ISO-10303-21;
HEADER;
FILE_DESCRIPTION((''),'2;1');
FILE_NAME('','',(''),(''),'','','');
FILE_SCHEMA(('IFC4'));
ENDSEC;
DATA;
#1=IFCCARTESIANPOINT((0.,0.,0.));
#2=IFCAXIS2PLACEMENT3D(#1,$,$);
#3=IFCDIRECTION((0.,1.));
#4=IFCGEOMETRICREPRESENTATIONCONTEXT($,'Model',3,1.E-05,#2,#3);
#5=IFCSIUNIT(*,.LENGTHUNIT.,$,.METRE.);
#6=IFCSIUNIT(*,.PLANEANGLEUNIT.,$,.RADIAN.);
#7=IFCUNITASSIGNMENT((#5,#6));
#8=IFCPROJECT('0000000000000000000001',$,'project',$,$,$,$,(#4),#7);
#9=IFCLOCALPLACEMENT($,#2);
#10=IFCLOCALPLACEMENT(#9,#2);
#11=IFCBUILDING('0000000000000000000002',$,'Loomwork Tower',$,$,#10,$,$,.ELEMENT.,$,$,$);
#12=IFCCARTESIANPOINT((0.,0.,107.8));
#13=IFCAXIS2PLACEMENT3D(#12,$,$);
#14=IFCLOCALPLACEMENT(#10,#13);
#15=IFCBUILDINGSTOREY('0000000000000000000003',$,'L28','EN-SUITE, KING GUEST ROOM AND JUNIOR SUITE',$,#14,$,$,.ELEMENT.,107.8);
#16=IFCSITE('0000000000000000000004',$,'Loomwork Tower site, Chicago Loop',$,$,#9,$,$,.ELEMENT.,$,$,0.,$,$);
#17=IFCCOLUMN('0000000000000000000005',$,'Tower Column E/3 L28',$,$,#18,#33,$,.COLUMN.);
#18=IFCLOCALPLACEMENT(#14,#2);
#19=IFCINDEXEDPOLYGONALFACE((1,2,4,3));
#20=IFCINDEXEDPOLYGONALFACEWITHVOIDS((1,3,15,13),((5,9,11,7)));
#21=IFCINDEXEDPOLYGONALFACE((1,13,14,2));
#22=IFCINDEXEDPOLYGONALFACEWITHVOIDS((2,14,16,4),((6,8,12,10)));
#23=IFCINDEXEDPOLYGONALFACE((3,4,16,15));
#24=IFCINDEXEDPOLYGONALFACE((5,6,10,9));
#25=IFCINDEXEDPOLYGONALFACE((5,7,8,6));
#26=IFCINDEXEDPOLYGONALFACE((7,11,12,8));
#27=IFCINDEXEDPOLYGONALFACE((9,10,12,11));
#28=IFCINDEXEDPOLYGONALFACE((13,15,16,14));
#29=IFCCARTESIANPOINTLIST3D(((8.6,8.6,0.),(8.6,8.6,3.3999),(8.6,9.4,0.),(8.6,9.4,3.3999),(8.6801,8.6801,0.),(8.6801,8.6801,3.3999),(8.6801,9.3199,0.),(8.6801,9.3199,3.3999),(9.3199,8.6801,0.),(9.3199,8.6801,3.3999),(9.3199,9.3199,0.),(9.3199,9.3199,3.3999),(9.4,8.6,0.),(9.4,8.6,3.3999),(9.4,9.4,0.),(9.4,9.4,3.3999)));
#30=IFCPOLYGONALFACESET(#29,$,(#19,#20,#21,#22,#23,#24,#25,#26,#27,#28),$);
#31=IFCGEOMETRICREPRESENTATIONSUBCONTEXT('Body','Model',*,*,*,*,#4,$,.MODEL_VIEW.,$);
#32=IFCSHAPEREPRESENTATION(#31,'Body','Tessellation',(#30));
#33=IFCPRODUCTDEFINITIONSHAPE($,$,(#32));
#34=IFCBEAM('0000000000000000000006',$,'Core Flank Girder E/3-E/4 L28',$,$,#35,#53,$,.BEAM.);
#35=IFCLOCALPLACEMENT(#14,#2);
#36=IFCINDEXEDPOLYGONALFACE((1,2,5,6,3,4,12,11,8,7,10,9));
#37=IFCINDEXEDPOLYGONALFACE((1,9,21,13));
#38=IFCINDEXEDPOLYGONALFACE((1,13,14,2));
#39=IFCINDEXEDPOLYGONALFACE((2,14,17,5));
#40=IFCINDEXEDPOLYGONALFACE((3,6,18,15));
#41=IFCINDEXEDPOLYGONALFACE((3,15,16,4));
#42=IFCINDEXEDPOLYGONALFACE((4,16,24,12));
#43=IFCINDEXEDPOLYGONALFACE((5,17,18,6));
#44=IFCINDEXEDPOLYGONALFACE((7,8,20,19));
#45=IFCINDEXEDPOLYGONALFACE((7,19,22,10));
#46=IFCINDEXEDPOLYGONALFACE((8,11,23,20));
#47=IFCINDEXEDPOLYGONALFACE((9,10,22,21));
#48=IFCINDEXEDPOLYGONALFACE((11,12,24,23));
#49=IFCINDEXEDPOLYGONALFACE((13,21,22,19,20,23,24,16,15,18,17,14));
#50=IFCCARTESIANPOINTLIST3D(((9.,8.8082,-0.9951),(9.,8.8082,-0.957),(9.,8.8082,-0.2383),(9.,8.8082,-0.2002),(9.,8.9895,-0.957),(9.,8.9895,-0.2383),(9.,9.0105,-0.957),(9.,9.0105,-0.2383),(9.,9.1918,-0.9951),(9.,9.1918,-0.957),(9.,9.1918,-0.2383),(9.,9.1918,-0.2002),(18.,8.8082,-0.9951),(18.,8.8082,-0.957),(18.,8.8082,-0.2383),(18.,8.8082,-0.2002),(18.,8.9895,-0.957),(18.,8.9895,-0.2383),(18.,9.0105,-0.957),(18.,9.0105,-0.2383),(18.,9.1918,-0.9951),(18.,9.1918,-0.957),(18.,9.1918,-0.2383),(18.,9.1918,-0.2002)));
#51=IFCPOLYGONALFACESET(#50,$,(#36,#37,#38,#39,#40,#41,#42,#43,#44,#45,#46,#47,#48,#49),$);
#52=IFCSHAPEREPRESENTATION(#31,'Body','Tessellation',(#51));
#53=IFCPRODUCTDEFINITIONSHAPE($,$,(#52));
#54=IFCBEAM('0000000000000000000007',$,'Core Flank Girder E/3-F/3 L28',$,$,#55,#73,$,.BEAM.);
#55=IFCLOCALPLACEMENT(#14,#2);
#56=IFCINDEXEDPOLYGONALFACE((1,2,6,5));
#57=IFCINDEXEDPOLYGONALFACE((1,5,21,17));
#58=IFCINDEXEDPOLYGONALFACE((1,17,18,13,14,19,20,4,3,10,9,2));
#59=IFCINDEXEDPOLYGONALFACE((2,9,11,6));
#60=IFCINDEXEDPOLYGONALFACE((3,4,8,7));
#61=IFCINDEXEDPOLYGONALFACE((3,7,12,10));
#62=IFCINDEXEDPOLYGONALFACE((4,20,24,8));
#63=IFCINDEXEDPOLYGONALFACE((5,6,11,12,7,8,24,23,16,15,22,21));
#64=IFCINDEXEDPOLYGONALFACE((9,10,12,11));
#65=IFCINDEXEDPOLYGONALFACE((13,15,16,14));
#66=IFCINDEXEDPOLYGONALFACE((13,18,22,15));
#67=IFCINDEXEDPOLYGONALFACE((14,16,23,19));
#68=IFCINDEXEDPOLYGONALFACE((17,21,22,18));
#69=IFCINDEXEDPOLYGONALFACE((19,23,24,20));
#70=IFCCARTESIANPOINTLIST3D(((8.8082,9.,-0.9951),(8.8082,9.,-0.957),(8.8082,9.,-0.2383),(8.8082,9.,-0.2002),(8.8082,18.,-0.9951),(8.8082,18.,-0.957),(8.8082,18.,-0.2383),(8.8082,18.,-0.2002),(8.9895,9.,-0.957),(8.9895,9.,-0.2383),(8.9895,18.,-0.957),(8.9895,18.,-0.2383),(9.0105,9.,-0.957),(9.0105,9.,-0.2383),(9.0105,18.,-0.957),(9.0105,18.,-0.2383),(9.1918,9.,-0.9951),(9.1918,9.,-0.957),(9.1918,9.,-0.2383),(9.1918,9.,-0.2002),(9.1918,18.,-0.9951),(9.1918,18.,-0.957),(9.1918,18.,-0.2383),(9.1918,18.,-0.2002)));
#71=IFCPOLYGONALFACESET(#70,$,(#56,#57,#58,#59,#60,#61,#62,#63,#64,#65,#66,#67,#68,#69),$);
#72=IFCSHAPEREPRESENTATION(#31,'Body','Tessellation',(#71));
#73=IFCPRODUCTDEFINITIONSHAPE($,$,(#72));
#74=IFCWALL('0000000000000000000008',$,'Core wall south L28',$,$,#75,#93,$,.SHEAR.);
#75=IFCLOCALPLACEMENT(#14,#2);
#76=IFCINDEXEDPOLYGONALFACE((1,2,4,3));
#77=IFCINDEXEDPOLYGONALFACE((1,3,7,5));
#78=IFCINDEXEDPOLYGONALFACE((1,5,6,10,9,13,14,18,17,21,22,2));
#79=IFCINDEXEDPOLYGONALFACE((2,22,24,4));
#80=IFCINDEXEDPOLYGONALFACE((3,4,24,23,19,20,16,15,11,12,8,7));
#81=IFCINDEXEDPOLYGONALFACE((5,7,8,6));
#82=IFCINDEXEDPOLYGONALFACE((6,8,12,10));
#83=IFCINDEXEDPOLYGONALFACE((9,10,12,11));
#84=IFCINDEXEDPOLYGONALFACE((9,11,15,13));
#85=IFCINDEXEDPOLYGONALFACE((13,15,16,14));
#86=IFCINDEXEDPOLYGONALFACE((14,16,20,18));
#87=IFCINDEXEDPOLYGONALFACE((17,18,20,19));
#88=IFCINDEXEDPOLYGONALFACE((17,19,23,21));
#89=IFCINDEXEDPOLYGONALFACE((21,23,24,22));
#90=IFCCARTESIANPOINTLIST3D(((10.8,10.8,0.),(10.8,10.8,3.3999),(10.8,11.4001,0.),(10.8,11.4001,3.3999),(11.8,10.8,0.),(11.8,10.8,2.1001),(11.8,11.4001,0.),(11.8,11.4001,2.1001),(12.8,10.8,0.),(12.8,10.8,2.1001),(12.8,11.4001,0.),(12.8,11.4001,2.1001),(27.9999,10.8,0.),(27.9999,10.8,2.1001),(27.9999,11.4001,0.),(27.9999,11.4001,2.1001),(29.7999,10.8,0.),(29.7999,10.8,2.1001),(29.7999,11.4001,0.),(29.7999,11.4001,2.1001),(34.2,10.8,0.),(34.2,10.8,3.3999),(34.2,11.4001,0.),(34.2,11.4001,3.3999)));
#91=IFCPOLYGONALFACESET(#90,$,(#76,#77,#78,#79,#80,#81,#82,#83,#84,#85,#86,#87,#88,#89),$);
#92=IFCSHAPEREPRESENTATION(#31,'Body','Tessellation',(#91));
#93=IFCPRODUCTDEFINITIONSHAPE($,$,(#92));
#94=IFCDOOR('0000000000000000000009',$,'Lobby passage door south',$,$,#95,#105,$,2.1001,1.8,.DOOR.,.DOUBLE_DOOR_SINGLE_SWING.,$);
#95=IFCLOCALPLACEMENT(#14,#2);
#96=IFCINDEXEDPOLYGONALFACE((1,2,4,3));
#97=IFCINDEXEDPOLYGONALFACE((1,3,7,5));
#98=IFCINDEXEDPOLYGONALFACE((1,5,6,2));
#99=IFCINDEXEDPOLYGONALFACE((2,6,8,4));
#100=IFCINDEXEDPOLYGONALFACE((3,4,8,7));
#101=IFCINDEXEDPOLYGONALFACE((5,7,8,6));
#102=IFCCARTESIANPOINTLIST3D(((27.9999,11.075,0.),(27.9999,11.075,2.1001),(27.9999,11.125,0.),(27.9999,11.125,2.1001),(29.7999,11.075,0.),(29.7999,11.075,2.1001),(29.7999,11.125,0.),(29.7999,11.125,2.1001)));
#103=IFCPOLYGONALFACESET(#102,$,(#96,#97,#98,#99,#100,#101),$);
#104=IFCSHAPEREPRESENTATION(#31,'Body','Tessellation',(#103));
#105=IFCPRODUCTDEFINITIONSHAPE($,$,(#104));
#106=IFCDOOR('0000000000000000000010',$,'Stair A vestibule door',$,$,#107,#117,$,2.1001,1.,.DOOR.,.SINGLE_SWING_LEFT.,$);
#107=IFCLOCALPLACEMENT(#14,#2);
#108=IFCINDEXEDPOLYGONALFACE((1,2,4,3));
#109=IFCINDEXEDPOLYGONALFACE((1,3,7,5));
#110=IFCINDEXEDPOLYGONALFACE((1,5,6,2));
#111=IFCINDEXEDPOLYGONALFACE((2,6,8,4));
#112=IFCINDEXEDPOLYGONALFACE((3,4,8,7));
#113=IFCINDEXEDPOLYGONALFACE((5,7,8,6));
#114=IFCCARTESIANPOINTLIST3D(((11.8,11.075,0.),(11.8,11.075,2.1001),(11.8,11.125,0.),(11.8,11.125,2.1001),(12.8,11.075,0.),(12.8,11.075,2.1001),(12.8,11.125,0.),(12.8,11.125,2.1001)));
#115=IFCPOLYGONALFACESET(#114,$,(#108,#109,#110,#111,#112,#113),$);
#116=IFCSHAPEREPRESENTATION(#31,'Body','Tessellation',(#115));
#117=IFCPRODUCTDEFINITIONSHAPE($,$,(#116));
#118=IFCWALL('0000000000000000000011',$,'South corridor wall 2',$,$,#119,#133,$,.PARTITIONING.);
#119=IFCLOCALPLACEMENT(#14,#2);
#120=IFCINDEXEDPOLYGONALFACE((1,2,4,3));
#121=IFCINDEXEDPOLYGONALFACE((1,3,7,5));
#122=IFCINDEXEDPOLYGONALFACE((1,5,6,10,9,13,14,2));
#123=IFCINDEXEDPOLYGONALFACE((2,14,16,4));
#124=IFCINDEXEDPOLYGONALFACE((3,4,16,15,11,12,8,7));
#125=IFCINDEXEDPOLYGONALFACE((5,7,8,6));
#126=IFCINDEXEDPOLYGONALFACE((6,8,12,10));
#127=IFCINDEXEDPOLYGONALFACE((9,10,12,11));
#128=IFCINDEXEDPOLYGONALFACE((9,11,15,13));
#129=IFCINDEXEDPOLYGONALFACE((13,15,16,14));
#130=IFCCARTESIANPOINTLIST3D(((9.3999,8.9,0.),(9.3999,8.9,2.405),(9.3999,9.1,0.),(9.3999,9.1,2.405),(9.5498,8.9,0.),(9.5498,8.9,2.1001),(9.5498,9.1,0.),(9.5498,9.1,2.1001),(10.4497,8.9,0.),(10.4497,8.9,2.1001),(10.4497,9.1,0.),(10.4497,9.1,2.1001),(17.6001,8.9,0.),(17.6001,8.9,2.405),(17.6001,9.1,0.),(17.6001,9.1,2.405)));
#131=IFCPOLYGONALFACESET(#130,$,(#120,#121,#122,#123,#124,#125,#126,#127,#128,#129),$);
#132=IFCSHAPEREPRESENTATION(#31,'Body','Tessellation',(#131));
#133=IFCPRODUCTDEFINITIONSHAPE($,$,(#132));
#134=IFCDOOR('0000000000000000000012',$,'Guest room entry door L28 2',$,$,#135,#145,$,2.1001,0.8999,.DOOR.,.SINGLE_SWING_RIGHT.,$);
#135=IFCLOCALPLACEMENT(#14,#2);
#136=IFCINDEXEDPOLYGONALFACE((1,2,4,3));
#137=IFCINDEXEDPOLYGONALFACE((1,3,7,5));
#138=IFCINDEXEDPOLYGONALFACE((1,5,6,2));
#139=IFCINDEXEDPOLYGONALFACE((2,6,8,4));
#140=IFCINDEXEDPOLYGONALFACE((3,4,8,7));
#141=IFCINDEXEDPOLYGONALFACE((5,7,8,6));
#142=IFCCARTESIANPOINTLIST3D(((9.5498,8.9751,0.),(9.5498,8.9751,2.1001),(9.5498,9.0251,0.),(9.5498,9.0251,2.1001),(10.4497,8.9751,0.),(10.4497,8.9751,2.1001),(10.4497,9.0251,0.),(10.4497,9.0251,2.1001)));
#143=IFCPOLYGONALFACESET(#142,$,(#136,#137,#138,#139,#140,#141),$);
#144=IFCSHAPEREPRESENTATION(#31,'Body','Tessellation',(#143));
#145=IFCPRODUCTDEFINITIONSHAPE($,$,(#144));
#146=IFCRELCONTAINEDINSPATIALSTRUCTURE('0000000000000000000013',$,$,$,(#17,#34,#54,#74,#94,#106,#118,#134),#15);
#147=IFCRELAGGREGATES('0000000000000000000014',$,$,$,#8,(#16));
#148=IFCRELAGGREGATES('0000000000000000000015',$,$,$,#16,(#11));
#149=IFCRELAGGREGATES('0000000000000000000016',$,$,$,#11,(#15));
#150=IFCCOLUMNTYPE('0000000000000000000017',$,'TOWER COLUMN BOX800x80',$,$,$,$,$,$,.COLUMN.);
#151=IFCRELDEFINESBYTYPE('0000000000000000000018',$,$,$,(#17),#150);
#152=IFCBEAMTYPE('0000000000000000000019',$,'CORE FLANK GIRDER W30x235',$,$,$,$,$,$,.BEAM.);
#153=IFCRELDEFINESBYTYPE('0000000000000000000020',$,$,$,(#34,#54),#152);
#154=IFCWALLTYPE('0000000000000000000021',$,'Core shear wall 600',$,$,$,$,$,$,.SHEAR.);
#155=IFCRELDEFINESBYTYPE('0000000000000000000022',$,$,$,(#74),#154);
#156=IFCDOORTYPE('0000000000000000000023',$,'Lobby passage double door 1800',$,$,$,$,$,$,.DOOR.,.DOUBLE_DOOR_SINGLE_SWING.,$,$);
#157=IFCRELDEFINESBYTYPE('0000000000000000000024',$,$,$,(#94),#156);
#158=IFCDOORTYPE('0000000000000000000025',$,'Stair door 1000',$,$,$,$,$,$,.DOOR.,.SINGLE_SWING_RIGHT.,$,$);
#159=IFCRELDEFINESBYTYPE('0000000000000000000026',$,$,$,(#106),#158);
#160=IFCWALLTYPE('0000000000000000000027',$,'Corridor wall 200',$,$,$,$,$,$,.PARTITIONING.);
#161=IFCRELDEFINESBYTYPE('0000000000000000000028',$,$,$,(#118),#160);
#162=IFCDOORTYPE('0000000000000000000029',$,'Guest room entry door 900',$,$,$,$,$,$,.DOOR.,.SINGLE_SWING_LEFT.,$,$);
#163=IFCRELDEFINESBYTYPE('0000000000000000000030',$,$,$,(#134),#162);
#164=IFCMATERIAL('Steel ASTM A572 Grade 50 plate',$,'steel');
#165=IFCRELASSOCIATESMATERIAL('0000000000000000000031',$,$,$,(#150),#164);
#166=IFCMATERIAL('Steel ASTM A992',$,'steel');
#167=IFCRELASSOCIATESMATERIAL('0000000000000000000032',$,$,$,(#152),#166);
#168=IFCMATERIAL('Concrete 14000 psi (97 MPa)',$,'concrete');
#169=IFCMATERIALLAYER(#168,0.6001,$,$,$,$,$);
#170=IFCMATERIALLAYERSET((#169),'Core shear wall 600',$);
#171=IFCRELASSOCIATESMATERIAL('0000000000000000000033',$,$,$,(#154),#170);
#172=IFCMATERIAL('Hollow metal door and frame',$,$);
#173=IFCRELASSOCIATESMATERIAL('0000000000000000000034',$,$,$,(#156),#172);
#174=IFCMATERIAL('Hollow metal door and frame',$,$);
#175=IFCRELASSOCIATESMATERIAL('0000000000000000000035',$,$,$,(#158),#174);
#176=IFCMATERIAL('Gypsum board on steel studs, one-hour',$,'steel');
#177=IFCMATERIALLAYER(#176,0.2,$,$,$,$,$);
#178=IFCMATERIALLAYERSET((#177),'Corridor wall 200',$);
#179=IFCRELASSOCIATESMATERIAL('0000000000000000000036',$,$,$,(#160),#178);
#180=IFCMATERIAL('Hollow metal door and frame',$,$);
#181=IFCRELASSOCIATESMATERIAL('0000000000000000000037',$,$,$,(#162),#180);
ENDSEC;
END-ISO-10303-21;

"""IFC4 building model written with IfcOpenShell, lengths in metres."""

from ifc_helpers import new_model, si_unit, direction, frame, frame_2d, origin, origin_2d, place, context, subcontext, project, spatial, rectangle, hollow_rectangle, i_section, extrude, material, layer, layer_set, material_profile, profile_set, type_object, element, fill, save


model = new_model("IFC4")

# Units and contexts
model_context = context("Model", 3, precision=1e-05, world=origin(), true_north=direction((0.0, 1.0)))
body_context = subcontext(model_context, "Body", "Model", "MODEL_VIEW")
ifc_project = project(units=[si_unit("LENGTHUNIT", "METRE"), si_unit("PLANEANGLEUNIT", "RADIAN")], contexts=[model_context])

# Site, building, storey
site_placement = place(None, origin())
site = spatial("IfcSite", under=ifc_project, at=site_placement, Name="Loomwork Tower site, Chicago Loop", CompositionType="ELEMENT", RefElevation=0.0)
building_placement = place(site_placement, origin())
building = spatial("IfcBuilding", under=site, at=building_placement, Name="Loomwork Tower", CompositionType="ELEMENT")
storey_placement = place(building_placement, frame((0.0, 0.0, 107.8)))
storey = spatial("IfcBuildingStorey", under=building, at=storey_placement, Name="L28", Description="EN-SUITE, KING GUEST ROOM AND JUNIOR SUITE", CompositionType="ELEMENT", Elevation=107.8)

# Column
ifc_material_1 = material(Name="Steel ASTM A572 Grade 50 plate", Category="steel")
ifc_material_profile_1 = material_profile(ifc_material_1, hollow_rectangle(XDim=0.8, YDim=0.8, WallThickness=0.0801, at=origin_2d()), Name="BOX800x80")
ifc_profile_set_1 = profile_set([ifc_material_profile_1], Name="Steel ASTM A572 Grade 50 plate")
column_type = type_object("IfcColumnType", Name="TOWER COLUMN BOX800x80", PredefinedType="COLUMN", material=ifc_profile_set_1)
column_placement = place(storey_placement, frame((9.0, 9.0, 0.0), z_axis=(0.0, 0.0, 1.0), x_axis=(1.0, 0.0, 0.0)))
element("IfcColumn", 1, at=column_placement, inside=storey, type_object=column_type, Name="Tower Column E/3 L28", PredefinedType="COLUMN", context=body_context, shape_type="SweptSolid", body=[
    extrude(hollow_rectangle(XDim=0.8, YDim=0.8, WallThickness=0.0801, at=origin_2d()), origin(), (0.0, 0.0, 1.0), 3.3999),
])

# Beams
ifc_material_2 = material(Name="Steel ASTM A992", Category="steel")
ifc_material_profile_2 = material_profile(ifc_material_2, i_section(OverallWidth=0.3835, OverallDepth=0.7949, WebThickness=0.021, FlangeThickness=0.0381, at=origin_2d()), Name="W30x235")
ifc_profile_set_2 = profile_set([ifc_material_profile_2], Name="Steel ASTM A992")
beam_type = type_object("IfcBeamType", Name="CORE FLANK GIRDER W30x235", PredefinedType="BEAM", material=ifc_profile_set_2)
for number, where, z_axis, x_axis, name in (
    (2, (9.0, 9.0, -0.5977), (1.0, 0.0, 0.0), (0.0, 1.0, 0.0), "Core Flank Girder E/3-E/4 L28"),
    (3, (9.0, 9.0, -0.5977), (0.0, 1.0, 0.0), (-1.0, 0.0, 0.0), "Core Flank Girder E/3-F/3 L28"),
):
    element("IfcBeam", number, at=place(storey_placement, frame(where, z_axis=z_axis, x_axis=x_axis)), inside=storey, type_object=beam_type, Name=name, PredefinedType="BEAM", context=body_context, shape_type="SweptSolid", body=[
        extrude(i_section(OverallWidth=0.3835, OverallDepth=0.7949, WebThickness=0.021, FlangeThickness=0.0381, at=origin_2d()), origin(), (0.0, 0.0, 1.0), 9.0),
    ])

# Wall, openings, doors
ifc_material_3 = material(Name="Concrete 14000 psi (97 MPa)", Category="concrete")
ifc_layer_1 = layer(ifc_material_3, 0.6001)
ifc_layer_set_1 = layer_set([ifc_layer_1], Name="Core shear wall 600")
wall_type_1 = type_object("IfcWallType", Name="Core shear wall 600", PredefinedType="SHEAR", material=ifc_layer_set_1)
wall_1_placement = place(storey_placement, frame((10.8, 11.1001, 0.0), z_axis=(0.0, 0.0, 1.0), x_axis=(1.0, 0.0, 0.0)))
wall_1 = element("IfcWall", 4, at=wall_1_placement, inside=storey, type_object=wall_type_1, Name="Core wall south L28", PredefinedType="SHEAR", context=body_context, shape_type="SweptSolid", body=[
    extrude(rectangle(XDim=23.3999, YDim=0.6001, at=frame_2d((11.7, 0.0))), origin(), (0.0, 0.0, 1.0), 3.3999),
])
opening_1_placement = place(wall_1_placement, frame((1.0, 0.0, 0.0)))
opening_1 = element("IfcOpeningElement", 5, at=opening_1_placement, cuts=wall_1, PredefinedType="OPENING", context=body_context, shape_type="SweptSolid", body=[
    extrude(rectangle(XDim=1.0, YDim=2.1001, at=frame_2d((0.5, 1.05))), frame((0.0, 0.3101, 0.0), z_axis=(0.0, -1.0, 0.0), x_axis=(1.0, 0.0, 0.0)), (0.0, 0.0, 1.0), 0.6201),
])
opening_2_placement = place(wall_1_placement, frame((17.2, 0.0, 0.0)))
opening_2 = element("IfcOpeningElement", 6, at=opening_2_placement, cuts=wall_1, PredefinedType="OPENING", context=body_context, shape_type="SweptSolid", body=[
    extrude(rectangle(XDim=1.8, YDim=2.1001, at=frame_2d((0.8999, 1.05))), frame((0.0, 0.3101, 0.0), z_axis=(0.0, -1.0, 0.0), x_axis=(1.0, 0.0, 0.0)), (0.0, 0.0, 1.0), 0.6201),
])
ifc_material_4 = material(Name="Hollow metal door and frame")
door_type_1 = type_object("IfcDoorType", Name="Lobby passage double door 1800", OperationType="DOUBLE_DOOR_SINGLE_SWING", PredefinedType="DOOR", material=ifc_material_4)
door_1_placement = place(opening_2_placement, origin())
door_1 = element("IfcDoor", 7, at=door_1_placement, inside=storey, type_object=door_type_1, Name="Lobby passage door south", OperationType="DOUBLE_DOOR_SINGLE_SWING", OverallHeight=2.1001, OverallWidth=1.8, PredefinedType="DOOR", context=body_context, shape_type="SweptSolid", body=[
    extrude(rectangle(XDim=1.8, YDim=2.1001, at=frame_2d((0.8999, 1.05))), frame((0.0, 0.0249, 0.0), z_axis=(0.0, -1.0, 0.0), x_axis=(1.0, 0.0, 0.0)), (0.0, 0.0, 1.0), 0.05),
])
fill(opening_2, door_1)
ifc_material_5 = material(Name="Hollow metal door and frame")
door_type_2 = type_object("IfcDoorType", Name="Stair door 1000", OperationType="SINGLE_SWING_RIGHT", PredefinedType="DOOR", material=ifc_material_5)
door_2_placement = place(opening_1_placement, origin())
door_2 = element("IfcDoor", 8, at=door_2_placement, inside=storey, type_object=door_type_2, Name="Stair A vestibule door", OperationType="SINGLE_SWING_LEFT", OverallHeight=2.1001, OverallWidth=1.0, PredefinedType="DOOR", context=body_context, shape_type="SweptSolid", body=[
    extrude(rectangle(XDim=1.0, YDim=2.1001, at=frame_2d((0.5, 1.05))), frame((0.0, 0.0249, 0.0), z_axis=(0.0, -1.0, 0.0), x_axis=(1.0, 0.0, 0.0)), (0.0, 0.0, 1.0), 0.05),
])
fill(opening_1, door_2)

# Wall, opening, door
ifc_material_6 = material(Name="Gypsum board on steel studs, one-hour", Category="steel")
ifc_layer_2 = layer(ifc_material_6, 0.2)
ifc_layer_set_2 = layer_set([ifc_layer_2], Name="Corridor wall 200")
wall_type_2 = type_object("IfcWallType", Name="Corridor wall 200", PredefinedType="PARTITIONING", material=ifc_layer_set_2)
wall_2_placement = place(storey_placement, frame((9.3999, 9.0, 0.0), z_axis=(0.0, 0.0, 1.0), x_axis=(1.0, 0.0, 0.0)))
wall_2 = element("IfcWall", 9, at=wall_2_placement, inside=storey, type_object=wall_type_2, Name="South corridor wall 2", PredefinedType="PARTITIONING", context=body_context, shape_type="SweptSolid", body=[
    extrude(rectangle(XDim=8.2002, YDim=0.2, at=frame_2d((4.1001, 0.0))), origin(), (0.0, 0.0, 1.0), 2.405),
])
opening_3_placement = place(wall_2_placement, frame((0.1499, 0.0, 0.0)))
opening_3 = element("IfcOpeningElement", 10, at=opening_3_placement, cuts=wall_2, PredefinedType="OPENING", context=body_context, shape_type="SweptSolid", body=[
    extrude(rectangle(XDim=0.8999, YDim=2.1001, at=frame_2d((0.45, 1.05))), frame((0.0, 0.1099, 0.0), z_axis=(0.0, -1.0, 0.0), x_axis=(1.0, 0.0, 0.0)), (0.0, 0.0, 1.0), 0.22),
])
ifc_material_7 = material(Name="Hollow metal door and frame")
door_type_3 = type_object("IfcDoorType", Name="Guest room entry door 900", OperationType="SINGLE_SWING_LEFT", PredefinedType="DOOR", material=ifc_material_7)
door_3_placement = place(opening_3_placement, frame((0.8999, 0.0, 0.0), z_axis=(0.0, 0.0, 1.0), x_axis=(-1.0, 0.0, 0.0)))
door_3 = element("IfcDoor", 11, at=door_3_placement, inside=storey, type_object=door_type_3, Name="Guest room entry door L28 2", OperationType="SINGLE_SWING_RIGHT", OverallHeight=2.1001, OverallWidth=0.8999, PredefinedType="DOOR", context=body_context, shape_type="SweptSolid", body=[
    extrude(rectangle(XDim=0.8999, YDim=2.1001, at=frame_2d((0.45, 1.05))), frame((0.0, 0.0249, 0.0), z_axis=(0.0, -1.0, 0.0), x_axis=(1.0, 0.0, 0.0)), (0.0, 0.0, 1.0), 0.05),
])
fill(opening_3, door_3)

save(model, "model.ifc")
